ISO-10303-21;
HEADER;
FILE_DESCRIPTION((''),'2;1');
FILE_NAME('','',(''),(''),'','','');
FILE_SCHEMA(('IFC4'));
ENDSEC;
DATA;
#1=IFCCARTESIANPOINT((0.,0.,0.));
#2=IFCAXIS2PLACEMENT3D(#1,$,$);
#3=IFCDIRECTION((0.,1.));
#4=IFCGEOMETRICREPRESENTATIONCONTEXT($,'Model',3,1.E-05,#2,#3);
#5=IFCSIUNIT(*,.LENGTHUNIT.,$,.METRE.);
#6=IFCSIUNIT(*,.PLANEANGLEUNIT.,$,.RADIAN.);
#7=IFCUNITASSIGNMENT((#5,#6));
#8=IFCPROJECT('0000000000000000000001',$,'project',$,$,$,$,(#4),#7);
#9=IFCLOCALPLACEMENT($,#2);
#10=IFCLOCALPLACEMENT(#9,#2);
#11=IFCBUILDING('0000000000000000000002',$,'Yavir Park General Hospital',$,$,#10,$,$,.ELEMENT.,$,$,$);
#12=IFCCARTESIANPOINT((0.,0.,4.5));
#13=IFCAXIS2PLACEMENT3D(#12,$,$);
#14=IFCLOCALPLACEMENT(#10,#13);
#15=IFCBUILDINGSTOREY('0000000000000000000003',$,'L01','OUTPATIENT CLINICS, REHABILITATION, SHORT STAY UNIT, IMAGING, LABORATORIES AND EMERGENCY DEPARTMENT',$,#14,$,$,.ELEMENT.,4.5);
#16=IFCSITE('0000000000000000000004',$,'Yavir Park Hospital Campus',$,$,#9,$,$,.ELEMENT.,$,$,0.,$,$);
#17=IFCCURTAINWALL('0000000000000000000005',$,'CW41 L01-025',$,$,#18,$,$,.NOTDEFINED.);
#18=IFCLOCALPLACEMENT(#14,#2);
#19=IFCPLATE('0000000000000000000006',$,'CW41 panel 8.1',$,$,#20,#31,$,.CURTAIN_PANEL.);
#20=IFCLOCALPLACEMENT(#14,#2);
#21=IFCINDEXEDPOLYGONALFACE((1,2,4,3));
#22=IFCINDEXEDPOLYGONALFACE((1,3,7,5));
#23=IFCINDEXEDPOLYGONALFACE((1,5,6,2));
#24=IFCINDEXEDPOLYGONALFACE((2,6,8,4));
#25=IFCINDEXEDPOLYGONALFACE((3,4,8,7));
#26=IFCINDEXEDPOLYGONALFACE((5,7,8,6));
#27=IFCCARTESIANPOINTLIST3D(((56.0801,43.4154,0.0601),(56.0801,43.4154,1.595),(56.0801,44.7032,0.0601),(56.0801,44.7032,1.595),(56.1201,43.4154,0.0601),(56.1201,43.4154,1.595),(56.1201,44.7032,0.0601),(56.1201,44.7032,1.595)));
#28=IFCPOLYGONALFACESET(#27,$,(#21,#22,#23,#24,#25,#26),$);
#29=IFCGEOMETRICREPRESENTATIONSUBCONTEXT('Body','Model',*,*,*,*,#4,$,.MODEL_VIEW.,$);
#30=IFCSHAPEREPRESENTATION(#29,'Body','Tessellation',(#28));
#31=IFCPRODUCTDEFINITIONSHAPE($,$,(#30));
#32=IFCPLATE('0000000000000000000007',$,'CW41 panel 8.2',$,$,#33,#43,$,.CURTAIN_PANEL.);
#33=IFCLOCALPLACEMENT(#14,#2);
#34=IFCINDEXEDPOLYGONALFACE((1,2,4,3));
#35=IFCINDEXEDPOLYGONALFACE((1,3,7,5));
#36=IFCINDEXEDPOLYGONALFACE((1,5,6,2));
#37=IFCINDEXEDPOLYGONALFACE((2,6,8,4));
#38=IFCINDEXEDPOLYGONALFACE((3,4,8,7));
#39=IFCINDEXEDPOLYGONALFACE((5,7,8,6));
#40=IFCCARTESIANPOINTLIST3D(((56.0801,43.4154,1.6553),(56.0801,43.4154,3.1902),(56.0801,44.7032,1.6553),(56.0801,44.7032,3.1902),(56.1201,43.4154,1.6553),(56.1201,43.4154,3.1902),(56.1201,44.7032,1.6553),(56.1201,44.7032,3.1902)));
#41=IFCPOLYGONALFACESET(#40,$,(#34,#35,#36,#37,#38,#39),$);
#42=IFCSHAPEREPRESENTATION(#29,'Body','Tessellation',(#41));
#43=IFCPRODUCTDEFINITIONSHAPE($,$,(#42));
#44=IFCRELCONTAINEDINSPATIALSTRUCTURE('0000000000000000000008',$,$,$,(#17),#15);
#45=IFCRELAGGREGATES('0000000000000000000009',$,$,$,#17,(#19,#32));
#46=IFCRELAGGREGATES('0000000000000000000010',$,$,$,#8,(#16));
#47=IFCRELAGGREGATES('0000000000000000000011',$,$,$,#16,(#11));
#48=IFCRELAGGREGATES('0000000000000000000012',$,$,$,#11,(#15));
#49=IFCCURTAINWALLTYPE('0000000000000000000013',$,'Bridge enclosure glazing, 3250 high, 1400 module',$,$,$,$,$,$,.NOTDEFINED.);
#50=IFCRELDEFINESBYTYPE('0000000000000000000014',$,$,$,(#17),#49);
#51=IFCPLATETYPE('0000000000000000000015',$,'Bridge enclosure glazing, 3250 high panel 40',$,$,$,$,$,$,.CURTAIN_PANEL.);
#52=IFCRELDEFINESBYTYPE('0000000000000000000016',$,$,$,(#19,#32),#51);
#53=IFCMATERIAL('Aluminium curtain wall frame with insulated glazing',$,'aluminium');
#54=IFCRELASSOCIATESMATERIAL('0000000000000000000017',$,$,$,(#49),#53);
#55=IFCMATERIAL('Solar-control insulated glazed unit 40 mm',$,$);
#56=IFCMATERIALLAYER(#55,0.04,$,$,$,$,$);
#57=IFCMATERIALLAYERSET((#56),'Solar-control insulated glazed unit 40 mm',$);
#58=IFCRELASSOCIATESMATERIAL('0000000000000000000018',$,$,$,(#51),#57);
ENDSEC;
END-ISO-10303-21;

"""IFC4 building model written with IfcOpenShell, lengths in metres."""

from ifc_helpers import new_model, si_unit, direction, frame, origin, origin_2d, place, context, subcontext, project, spatial, rectangle, extrude, material, layer, layer_set, type_object, element, aggregate, save


model = new_model("IFC4")

# Units and contexts
model_context = context("Model", 3, precision=1e-05, world=origin(), true_north=direction((0.0, 1.0)))
body_context = subcontext(model_context, "Body", "Model", "MODEL_VIEW")
ifc_project = project(units=[si_unit("LENGTHUNIT", "METRE"), si_unit("PLANEANGLEUNIT", "RADIAN")], contexts=[model_context])

# Site, building, storey
site_placement = place(None, origin())
site = spatial("IfcSite", under=ifc_project, at=site_placement, Name="Yavir Park Hospital Campus", CompositionType="ELEMENT", RefElevation=0.0)
building_placement = place(site_placement, origin())
building = spatial("IfcBuilding", under=site, at=building_placement, Name="Yavir Park General Hospital", CompositionType="ELEMENT")
storey_placement = place(building_placement, frame((0.0, 0.0, 4.5)))
storey = spatial("IfcBuildingStorey", under=building, at=storey_placement, Name="L01", Description="OUTPATIENT CLINICS, REHABILITATION, SHORT STAY UNIT, IMAGING, LABORATORIES AND EMERGENCY DEPARTMENT", CompositionType="ELEMENT", Elevation=4.5)

# Curtain wall
ifc_material_1 = material(Name="Aluminium curtain wall frame with insulated glazing", Category="aluminium")
curtain_wall_type = type_object("IfcCurtainWallType", Name="Bridge enclosure glazing, 3250 high, 1400 module", PredefinedType="NOTDEFINED", material=ifc_material_1)
curtain_wall_placement = place(storey_placement, origin())
curtain_wall = element("IfcCurtainWall", 1, at=curtain_wall_placement, inside=storey, type_object=curtain_wall_type, Name="CW41 L01-025", PredefinedType="NOTDEFINED")

# Plates
ifc_material_2 = material(Name="Solar-control insulated glazed unit 40 mm")
ifc_layer = layer(ifc_material_2, 0.04)
ifc_layer_set = layer_set([ifc_layer], Name="Solar-control insulated glazed unit 40 mm")
plate_type = type_object("IfcPlateType", Name="Bridge enclosure glazing, 3250 high panel 40", PredefinedType="CURTAIN_PANEL", material=ifc_layer_set)
plate_1_placement = place(storey_placement, frame((56.1001, 44.0593, 0.0601), z_axis=(0.0, 0.0, 1.0), x_axis=(0.0, 1.0, 0.0)))
plate_1 = element("IfcPlate", 2, at=plate_1_placement, type_object=plate_type, Name="CW41 panel 8.1", PredefinedType="CURTAIN_PANEL", context=body_context, shape_type="SweptSolid", body=[
    extrude(rectangle(XDim=1.2878, YDim=0.04, at=origin_2d()), origin(), (0.0, 0.0, 1.0), 1.5349),
])
plate_2_placement = place(storey_placement, frame((56.1001, 44.0593, 1.6553), z_axis=(0.0, 0.0, 1.0), x_axis=(0.0, 1.0, 0.0)))
plate_2 = element("IfcPlate", 3, at=plate_2_placement, type_object=plate_type, Name="CW41 panel 8.2", PredefinedType="CURTAIN_PANEL", context=body_context, shape_type="SweptSolid", body=[
    extrude(rectangle(XDim=1.2878, YDim=0.04, at=origin_2d()), origin(), (0.0, 0.0, 1.0), 1.5349),
])
aggregate(curtain_wall, [plate_1, plate_2])

save(model, "model.ifc")
